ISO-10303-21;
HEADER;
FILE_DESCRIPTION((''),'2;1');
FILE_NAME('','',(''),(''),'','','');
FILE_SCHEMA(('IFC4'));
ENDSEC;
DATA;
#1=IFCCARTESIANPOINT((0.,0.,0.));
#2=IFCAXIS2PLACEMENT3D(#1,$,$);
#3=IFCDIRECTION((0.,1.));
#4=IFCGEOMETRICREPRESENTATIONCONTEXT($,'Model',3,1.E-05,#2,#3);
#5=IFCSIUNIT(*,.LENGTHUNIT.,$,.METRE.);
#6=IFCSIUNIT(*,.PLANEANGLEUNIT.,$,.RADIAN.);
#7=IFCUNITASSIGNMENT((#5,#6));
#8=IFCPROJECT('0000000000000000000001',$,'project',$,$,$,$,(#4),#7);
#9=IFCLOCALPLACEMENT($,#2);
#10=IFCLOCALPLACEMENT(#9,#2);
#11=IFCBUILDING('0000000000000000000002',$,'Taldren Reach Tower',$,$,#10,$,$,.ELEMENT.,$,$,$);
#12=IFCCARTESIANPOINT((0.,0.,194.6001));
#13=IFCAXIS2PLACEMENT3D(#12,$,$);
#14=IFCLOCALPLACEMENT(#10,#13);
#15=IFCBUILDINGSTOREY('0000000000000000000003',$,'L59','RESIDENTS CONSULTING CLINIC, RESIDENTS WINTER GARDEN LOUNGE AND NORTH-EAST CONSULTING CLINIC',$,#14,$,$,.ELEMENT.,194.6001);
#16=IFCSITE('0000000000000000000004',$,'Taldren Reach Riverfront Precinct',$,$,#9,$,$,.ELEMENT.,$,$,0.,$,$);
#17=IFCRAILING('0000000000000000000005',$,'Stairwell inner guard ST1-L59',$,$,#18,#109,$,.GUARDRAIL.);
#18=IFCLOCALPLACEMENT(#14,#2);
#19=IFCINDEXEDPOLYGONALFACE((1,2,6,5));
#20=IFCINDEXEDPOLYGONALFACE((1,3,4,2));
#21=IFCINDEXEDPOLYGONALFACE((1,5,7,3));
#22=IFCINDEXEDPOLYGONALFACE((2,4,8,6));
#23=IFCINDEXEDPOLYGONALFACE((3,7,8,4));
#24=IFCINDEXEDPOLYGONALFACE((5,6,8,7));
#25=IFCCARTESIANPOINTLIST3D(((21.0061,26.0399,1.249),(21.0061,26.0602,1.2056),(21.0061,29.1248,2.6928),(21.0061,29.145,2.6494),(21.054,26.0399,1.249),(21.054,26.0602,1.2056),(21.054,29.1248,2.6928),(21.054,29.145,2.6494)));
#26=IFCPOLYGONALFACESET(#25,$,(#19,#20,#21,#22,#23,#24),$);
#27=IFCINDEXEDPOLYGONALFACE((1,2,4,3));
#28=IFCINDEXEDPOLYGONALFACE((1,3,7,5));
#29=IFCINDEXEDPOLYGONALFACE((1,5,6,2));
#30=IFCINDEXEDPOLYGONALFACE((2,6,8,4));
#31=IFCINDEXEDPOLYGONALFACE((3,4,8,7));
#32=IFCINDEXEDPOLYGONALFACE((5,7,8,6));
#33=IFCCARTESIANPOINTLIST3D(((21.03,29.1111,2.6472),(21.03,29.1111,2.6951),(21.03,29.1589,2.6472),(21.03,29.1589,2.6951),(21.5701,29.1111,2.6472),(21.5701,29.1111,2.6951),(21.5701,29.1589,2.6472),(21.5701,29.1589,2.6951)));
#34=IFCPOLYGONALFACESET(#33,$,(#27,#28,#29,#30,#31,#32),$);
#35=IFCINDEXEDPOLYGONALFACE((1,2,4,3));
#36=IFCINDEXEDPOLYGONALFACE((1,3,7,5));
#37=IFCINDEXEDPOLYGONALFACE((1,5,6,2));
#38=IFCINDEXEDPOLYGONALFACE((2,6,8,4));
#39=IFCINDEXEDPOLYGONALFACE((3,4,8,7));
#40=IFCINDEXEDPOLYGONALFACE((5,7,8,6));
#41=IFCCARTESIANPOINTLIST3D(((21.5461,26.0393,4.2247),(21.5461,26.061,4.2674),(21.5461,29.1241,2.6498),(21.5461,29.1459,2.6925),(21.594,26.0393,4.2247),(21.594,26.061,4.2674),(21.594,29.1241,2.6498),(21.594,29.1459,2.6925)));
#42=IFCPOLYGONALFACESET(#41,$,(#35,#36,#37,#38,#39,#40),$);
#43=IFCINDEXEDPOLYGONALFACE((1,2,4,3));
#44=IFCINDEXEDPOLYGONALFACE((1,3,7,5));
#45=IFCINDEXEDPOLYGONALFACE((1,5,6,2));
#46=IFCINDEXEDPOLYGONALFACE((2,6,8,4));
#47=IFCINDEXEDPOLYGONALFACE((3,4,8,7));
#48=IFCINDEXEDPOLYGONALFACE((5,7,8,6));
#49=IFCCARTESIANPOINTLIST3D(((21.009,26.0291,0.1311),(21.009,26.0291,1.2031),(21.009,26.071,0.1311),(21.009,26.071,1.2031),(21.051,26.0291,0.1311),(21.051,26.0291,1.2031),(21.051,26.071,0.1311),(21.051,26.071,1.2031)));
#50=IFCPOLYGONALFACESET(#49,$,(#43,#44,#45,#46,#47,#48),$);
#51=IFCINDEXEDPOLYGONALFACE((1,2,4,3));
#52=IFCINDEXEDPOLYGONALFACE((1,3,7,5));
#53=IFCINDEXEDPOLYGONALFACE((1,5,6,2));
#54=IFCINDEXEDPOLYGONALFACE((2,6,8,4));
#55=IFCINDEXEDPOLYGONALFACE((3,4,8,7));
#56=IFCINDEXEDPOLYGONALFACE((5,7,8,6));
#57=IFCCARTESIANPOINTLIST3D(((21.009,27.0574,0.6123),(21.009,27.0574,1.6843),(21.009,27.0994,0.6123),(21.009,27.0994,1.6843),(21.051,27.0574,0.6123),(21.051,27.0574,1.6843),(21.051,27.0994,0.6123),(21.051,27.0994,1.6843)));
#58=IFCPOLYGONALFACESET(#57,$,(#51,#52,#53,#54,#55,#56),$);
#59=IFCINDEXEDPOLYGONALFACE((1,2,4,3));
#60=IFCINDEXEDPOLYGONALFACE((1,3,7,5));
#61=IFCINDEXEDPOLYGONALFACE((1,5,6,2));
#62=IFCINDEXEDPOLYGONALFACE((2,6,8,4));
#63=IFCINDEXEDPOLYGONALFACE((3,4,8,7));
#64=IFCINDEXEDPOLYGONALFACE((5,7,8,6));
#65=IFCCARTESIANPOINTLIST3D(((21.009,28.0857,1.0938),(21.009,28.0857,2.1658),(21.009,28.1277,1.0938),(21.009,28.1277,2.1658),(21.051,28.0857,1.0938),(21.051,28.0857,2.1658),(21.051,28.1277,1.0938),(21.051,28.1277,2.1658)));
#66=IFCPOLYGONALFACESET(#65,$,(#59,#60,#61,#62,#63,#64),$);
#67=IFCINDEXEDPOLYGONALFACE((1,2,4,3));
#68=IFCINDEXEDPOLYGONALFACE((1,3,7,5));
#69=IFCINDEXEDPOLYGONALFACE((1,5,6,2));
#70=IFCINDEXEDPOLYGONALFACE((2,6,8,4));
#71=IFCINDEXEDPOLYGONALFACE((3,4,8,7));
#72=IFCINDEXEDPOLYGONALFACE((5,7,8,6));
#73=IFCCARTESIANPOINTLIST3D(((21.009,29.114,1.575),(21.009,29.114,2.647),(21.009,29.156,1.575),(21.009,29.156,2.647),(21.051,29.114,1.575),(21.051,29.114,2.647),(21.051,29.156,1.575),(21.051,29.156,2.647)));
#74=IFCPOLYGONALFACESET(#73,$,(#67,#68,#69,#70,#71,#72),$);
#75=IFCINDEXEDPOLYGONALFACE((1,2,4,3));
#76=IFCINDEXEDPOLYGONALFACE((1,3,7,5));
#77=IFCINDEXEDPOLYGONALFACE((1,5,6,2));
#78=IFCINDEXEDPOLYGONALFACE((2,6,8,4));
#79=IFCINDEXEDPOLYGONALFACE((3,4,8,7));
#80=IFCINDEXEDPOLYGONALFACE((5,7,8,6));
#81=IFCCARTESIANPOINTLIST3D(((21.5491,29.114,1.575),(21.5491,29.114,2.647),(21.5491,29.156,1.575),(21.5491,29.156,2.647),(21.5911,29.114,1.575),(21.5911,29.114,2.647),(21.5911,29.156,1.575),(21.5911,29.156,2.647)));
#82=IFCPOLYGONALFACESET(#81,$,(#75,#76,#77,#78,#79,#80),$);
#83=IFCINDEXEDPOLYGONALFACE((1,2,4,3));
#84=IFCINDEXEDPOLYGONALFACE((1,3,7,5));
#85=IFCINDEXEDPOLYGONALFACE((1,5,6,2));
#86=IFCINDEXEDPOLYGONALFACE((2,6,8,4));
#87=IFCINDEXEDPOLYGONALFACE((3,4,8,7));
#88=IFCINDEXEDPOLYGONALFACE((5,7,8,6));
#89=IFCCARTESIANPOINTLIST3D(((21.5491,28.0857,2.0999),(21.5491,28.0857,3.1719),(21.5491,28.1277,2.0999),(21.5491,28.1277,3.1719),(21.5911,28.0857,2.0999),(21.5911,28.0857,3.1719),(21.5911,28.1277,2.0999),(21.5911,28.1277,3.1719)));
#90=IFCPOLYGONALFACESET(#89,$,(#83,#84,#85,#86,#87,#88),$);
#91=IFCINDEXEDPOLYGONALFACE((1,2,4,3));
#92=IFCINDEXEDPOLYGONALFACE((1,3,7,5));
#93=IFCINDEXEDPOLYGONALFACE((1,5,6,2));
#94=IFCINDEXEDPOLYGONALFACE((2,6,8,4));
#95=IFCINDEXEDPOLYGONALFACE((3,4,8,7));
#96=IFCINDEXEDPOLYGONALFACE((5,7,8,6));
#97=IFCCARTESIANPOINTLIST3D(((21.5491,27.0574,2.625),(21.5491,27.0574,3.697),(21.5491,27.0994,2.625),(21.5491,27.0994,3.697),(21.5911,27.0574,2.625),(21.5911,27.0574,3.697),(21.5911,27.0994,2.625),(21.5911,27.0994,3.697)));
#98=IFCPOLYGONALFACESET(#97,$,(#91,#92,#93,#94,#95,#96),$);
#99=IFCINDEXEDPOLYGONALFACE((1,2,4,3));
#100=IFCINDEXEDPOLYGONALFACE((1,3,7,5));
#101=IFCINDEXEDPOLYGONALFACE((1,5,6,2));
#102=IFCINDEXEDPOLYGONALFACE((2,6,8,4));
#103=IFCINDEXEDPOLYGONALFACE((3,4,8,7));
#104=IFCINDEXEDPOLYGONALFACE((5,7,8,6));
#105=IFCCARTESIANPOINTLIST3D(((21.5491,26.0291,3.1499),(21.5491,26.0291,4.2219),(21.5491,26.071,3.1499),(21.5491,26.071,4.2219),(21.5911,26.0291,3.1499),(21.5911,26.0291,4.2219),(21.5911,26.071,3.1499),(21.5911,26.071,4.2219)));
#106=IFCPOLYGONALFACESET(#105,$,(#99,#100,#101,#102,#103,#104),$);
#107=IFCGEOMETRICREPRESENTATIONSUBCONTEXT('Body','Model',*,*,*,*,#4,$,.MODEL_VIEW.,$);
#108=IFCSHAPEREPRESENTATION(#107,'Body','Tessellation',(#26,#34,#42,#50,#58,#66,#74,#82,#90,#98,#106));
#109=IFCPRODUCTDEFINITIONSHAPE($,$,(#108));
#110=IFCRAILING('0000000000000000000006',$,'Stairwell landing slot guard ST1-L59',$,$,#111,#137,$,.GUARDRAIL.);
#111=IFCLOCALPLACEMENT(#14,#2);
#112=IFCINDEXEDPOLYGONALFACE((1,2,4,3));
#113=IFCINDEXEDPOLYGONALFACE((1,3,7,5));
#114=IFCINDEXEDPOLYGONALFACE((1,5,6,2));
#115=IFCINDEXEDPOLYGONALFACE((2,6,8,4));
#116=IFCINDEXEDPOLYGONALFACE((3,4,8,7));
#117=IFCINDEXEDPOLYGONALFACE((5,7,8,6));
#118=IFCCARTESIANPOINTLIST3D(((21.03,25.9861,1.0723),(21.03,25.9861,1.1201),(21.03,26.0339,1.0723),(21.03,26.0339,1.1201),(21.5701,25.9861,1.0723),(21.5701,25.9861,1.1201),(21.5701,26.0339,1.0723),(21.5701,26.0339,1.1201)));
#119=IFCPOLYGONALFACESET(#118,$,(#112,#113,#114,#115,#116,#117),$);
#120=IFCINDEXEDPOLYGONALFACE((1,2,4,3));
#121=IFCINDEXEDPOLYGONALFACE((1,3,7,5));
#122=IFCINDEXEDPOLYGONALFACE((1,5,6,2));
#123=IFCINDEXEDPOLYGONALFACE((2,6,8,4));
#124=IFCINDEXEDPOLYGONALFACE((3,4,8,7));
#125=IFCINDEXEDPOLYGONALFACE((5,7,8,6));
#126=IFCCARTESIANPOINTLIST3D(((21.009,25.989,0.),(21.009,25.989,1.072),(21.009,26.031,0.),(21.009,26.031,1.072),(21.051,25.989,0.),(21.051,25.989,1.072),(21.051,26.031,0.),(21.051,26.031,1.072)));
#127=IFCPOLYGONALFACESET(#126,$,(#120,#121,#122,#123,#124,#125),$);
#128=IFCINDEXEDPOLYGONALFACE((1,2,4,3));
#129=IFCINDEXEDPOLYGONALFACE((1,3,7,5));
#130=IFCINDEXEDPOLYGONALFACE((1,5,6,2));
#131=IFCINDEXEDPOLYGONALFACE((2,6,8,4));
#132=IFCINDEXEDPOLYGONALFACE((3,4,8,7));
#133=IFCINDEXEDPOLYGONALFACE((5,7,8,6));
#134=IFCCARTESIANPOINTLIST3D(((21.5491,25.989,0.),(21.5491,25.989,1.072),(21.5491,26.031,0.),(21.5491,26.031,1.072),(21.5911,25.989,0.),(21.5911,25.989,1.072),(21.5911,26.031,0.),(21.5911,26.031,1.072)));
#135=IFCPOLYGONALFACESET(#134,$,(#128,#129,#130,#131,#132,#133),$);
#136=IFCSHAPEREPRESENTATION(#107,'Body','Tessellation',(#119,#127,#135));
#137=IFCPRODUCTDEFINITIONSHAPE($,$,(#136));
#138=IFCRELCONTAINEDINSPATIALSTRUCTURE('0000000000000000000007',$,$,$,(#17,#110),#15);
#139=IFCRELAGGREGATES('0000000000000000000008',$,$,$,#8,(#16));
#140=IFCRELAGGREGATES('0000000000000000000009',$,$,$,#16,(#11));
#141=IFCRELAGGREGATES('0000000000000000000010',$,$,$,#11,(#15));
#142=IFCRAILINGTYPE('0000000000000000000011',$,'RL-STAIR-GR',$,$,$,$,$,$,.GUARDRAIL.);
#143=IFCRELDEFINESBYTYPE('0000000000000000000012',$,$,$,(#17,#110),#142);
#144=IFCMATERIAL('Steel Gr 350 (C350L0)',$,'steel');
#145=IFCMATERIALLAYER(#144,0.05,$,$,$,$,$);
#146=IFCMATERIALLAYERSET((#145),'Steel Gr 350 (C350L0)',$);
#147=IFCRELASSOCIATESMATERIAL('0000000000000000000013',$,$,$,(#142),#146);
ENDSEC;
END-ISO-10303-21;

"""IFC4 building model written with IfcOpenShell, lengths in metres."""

from ifc_helpers import new_model, si_unit, direction, frame, origin, origin_2d, place, context, subcontext, project, spatial, rectangle, extrude, material, layer, layer_set, type_object, element, save


model = new_model("IFC4")

# Units and contexts
model_context = context("Model", 3, precision=1e-05, world=origin(), true_north=direction((0.0, 1.0)))
body_context = subcontext(model_context, "Body", "Model", "MODEL_VIEW")
ifc_project = project(units=[si_unit("LENGTHUNIT", "METRE"), si_unit("PLANEANGLEUNIT", "RADIAN")], contexts=[model_context])

# Site, building, storey
site_placement = place(None, origin())
site = spatial("IfcSite", under=ifc_project, at=site_placement, Name="Taldren Reach Riverfront Precinct", CompositionType="ELEMENT", RefElevation=0.0)
building_placement = place(site_placement, origin())
building = spatial("IfcBuilding", under=site, at=building_placement, Name="Taldren Reach Tower", CompositionType="ELEMENT")
storey_placement = place(building_placement, frame((0.0, 0.0, 194.6001)))
storey = spatial("IfcBuildingStorey", under=building, at=storey_placement, Name="L59", Description="RESIDENTS CONSULTING CLINIC, RESIDENTS WINTER GARDEN LOUNGE AND NORTH-EAST CONSULTING CLINIC", CompositionType="ELEMENT", Elevation=194.6001)

# Shared definitions
ifc_material_1 = material(Name="Steel Gr 350 (C350L0)", Category="steel")

# Railings
ifc_layer_1 = layer(ifc_material_1, 0.05)
ifc_layer_set_1 = layer_set([ifc_layer_1], Name="Steel Gr 350 (C350L0)")
railing_type_1 = type_object("IfcRailingType", Name="RL-STAIR-GR", PredefinedType="GUARDRAIL", material=ifc_layer_set_1)
railing_1_placement = place(storey_placement, frame((21.03, 26.05, 0.1311)))
element("IfcRailing", 1, at=railing_1_placement, inside=storey, type_object=railing_type_1, Name="Stairwell inner guard ST1-L59", PredefinedType="GUARDRAIL", context=body_context, shape_type="SweptSolid", body=[
    extrude(rectangle(XDim=0.0479, YDim=0.0479, at=origin_2d()), frame((0.0, 0.0, 1.0962), z_axis=(0.0, 0.90571, 0.423898), x_axis=(-1.0, 0.0, 0.0)), (0.0, 0.0, 1.0), 3.406),
    extrude(rectangle(XDim=0.0479, YDim=0.0479, at=origin_2d()), frame((0.0, 3.085, 2.54), z_axis=(1.0, 0.0, 0.0), x_axis=(0.0, 1.0, 0.0)), (0.0, 0.0, 1.0), 0.54),
    extrude(rectangle(XDim=0.0479, YDim=0.0479, at=origin_2d()), frame((0.54, 3.085, 2.54), z_axis=(0.0, -0.890646, 0.454697), x_axis=(1.0, 0.0, 0.0)), (0.0, 0.0, 1.0), 3.4636),
    extrude(rectangle(XDim=0.042, YDim=0.042, at=origin_2d()), origin(), (0.0, 0.0, 1.0), 1.072),
    extrude(rectangle(XDim=0.042, YDim=0.042, at=origin_2d()), frame((0.0, 1.0283, 0.4812)), (0.0, 0.0, 1.0), 1.072),
    extrude(rectangle(XDim=0.042, YDim=0.042, at=origin_2d()), frame((0.0, 2.0566, 0.9626)), (0.0, 0.0, 1.0), 1.072),
    extrude(rectangle(XDim=0.042, YDim=0.042, at=origin_2d()), frame((0.0, 3.085, 1.4438)), (0.0, 0.0, 1.0), 1.072),
    extrude(rectangle(XDim=0.042, YDim=0.042, at=origin_2d()), frame((0.54, 3.085, 1.4438)), (0.0, 0.0, 1.0), 1.072),
    extrude(rectangle(XDim=0.042, YDim=0.042, at=origin_2d()), frame((0.54, 2.0566, 1.9688)), (0.0, 0.0, 1.0), 1.072),
    extrude(rectangle(XDim=0.042, YDim=0.042, at=origin_2d()), frame((0.54, 1.0283, 2.4939)), (0.0, 0.0, 1.0), 1.072),
    extrude(rectangle(XDim=0.042, YDim=0.042, at=origin_2d()), frame((0.54, 0.0, 3.0188)), (0.0, 0.0, 1.0), 1.072),
])
railing_2_placement = place(storey_placement, frame((21.03, 26.01, 0.0)))
element("IfcRailing", 2, at=railing_2_placement, inside=storey, type_object=railing_type_1, Name="Stairwell landing slot guard ST1-L59", PredefinedType="GUARDRAIL", context=body_context, shape_type="SweptSolid", body=[
    extrude(rectangle(XDim=0.0479, YDim=0.0479, at=origin_2d()), frame((0.0, 0.0, 1.0962), z_axis=(1.0, 0.0, 0.0), x_axis=(0.0, 1.0, 0.0)), (0.0, 0.0, 1.0), 0.54),
    extrude(rectangle(XDim=0.042, YDim=0.042, at=origin_2d()), origin(), (0.0, 0.0, 1.0), 1.072),
    extrude(rectangle(XDim=0.042, YDim=0.042, at=origin_2d()), frame((0.54, 0.0, 0.0)), (0.0, 0.0, 1.0), 1.072),
])

save(model, "model.ifc")
